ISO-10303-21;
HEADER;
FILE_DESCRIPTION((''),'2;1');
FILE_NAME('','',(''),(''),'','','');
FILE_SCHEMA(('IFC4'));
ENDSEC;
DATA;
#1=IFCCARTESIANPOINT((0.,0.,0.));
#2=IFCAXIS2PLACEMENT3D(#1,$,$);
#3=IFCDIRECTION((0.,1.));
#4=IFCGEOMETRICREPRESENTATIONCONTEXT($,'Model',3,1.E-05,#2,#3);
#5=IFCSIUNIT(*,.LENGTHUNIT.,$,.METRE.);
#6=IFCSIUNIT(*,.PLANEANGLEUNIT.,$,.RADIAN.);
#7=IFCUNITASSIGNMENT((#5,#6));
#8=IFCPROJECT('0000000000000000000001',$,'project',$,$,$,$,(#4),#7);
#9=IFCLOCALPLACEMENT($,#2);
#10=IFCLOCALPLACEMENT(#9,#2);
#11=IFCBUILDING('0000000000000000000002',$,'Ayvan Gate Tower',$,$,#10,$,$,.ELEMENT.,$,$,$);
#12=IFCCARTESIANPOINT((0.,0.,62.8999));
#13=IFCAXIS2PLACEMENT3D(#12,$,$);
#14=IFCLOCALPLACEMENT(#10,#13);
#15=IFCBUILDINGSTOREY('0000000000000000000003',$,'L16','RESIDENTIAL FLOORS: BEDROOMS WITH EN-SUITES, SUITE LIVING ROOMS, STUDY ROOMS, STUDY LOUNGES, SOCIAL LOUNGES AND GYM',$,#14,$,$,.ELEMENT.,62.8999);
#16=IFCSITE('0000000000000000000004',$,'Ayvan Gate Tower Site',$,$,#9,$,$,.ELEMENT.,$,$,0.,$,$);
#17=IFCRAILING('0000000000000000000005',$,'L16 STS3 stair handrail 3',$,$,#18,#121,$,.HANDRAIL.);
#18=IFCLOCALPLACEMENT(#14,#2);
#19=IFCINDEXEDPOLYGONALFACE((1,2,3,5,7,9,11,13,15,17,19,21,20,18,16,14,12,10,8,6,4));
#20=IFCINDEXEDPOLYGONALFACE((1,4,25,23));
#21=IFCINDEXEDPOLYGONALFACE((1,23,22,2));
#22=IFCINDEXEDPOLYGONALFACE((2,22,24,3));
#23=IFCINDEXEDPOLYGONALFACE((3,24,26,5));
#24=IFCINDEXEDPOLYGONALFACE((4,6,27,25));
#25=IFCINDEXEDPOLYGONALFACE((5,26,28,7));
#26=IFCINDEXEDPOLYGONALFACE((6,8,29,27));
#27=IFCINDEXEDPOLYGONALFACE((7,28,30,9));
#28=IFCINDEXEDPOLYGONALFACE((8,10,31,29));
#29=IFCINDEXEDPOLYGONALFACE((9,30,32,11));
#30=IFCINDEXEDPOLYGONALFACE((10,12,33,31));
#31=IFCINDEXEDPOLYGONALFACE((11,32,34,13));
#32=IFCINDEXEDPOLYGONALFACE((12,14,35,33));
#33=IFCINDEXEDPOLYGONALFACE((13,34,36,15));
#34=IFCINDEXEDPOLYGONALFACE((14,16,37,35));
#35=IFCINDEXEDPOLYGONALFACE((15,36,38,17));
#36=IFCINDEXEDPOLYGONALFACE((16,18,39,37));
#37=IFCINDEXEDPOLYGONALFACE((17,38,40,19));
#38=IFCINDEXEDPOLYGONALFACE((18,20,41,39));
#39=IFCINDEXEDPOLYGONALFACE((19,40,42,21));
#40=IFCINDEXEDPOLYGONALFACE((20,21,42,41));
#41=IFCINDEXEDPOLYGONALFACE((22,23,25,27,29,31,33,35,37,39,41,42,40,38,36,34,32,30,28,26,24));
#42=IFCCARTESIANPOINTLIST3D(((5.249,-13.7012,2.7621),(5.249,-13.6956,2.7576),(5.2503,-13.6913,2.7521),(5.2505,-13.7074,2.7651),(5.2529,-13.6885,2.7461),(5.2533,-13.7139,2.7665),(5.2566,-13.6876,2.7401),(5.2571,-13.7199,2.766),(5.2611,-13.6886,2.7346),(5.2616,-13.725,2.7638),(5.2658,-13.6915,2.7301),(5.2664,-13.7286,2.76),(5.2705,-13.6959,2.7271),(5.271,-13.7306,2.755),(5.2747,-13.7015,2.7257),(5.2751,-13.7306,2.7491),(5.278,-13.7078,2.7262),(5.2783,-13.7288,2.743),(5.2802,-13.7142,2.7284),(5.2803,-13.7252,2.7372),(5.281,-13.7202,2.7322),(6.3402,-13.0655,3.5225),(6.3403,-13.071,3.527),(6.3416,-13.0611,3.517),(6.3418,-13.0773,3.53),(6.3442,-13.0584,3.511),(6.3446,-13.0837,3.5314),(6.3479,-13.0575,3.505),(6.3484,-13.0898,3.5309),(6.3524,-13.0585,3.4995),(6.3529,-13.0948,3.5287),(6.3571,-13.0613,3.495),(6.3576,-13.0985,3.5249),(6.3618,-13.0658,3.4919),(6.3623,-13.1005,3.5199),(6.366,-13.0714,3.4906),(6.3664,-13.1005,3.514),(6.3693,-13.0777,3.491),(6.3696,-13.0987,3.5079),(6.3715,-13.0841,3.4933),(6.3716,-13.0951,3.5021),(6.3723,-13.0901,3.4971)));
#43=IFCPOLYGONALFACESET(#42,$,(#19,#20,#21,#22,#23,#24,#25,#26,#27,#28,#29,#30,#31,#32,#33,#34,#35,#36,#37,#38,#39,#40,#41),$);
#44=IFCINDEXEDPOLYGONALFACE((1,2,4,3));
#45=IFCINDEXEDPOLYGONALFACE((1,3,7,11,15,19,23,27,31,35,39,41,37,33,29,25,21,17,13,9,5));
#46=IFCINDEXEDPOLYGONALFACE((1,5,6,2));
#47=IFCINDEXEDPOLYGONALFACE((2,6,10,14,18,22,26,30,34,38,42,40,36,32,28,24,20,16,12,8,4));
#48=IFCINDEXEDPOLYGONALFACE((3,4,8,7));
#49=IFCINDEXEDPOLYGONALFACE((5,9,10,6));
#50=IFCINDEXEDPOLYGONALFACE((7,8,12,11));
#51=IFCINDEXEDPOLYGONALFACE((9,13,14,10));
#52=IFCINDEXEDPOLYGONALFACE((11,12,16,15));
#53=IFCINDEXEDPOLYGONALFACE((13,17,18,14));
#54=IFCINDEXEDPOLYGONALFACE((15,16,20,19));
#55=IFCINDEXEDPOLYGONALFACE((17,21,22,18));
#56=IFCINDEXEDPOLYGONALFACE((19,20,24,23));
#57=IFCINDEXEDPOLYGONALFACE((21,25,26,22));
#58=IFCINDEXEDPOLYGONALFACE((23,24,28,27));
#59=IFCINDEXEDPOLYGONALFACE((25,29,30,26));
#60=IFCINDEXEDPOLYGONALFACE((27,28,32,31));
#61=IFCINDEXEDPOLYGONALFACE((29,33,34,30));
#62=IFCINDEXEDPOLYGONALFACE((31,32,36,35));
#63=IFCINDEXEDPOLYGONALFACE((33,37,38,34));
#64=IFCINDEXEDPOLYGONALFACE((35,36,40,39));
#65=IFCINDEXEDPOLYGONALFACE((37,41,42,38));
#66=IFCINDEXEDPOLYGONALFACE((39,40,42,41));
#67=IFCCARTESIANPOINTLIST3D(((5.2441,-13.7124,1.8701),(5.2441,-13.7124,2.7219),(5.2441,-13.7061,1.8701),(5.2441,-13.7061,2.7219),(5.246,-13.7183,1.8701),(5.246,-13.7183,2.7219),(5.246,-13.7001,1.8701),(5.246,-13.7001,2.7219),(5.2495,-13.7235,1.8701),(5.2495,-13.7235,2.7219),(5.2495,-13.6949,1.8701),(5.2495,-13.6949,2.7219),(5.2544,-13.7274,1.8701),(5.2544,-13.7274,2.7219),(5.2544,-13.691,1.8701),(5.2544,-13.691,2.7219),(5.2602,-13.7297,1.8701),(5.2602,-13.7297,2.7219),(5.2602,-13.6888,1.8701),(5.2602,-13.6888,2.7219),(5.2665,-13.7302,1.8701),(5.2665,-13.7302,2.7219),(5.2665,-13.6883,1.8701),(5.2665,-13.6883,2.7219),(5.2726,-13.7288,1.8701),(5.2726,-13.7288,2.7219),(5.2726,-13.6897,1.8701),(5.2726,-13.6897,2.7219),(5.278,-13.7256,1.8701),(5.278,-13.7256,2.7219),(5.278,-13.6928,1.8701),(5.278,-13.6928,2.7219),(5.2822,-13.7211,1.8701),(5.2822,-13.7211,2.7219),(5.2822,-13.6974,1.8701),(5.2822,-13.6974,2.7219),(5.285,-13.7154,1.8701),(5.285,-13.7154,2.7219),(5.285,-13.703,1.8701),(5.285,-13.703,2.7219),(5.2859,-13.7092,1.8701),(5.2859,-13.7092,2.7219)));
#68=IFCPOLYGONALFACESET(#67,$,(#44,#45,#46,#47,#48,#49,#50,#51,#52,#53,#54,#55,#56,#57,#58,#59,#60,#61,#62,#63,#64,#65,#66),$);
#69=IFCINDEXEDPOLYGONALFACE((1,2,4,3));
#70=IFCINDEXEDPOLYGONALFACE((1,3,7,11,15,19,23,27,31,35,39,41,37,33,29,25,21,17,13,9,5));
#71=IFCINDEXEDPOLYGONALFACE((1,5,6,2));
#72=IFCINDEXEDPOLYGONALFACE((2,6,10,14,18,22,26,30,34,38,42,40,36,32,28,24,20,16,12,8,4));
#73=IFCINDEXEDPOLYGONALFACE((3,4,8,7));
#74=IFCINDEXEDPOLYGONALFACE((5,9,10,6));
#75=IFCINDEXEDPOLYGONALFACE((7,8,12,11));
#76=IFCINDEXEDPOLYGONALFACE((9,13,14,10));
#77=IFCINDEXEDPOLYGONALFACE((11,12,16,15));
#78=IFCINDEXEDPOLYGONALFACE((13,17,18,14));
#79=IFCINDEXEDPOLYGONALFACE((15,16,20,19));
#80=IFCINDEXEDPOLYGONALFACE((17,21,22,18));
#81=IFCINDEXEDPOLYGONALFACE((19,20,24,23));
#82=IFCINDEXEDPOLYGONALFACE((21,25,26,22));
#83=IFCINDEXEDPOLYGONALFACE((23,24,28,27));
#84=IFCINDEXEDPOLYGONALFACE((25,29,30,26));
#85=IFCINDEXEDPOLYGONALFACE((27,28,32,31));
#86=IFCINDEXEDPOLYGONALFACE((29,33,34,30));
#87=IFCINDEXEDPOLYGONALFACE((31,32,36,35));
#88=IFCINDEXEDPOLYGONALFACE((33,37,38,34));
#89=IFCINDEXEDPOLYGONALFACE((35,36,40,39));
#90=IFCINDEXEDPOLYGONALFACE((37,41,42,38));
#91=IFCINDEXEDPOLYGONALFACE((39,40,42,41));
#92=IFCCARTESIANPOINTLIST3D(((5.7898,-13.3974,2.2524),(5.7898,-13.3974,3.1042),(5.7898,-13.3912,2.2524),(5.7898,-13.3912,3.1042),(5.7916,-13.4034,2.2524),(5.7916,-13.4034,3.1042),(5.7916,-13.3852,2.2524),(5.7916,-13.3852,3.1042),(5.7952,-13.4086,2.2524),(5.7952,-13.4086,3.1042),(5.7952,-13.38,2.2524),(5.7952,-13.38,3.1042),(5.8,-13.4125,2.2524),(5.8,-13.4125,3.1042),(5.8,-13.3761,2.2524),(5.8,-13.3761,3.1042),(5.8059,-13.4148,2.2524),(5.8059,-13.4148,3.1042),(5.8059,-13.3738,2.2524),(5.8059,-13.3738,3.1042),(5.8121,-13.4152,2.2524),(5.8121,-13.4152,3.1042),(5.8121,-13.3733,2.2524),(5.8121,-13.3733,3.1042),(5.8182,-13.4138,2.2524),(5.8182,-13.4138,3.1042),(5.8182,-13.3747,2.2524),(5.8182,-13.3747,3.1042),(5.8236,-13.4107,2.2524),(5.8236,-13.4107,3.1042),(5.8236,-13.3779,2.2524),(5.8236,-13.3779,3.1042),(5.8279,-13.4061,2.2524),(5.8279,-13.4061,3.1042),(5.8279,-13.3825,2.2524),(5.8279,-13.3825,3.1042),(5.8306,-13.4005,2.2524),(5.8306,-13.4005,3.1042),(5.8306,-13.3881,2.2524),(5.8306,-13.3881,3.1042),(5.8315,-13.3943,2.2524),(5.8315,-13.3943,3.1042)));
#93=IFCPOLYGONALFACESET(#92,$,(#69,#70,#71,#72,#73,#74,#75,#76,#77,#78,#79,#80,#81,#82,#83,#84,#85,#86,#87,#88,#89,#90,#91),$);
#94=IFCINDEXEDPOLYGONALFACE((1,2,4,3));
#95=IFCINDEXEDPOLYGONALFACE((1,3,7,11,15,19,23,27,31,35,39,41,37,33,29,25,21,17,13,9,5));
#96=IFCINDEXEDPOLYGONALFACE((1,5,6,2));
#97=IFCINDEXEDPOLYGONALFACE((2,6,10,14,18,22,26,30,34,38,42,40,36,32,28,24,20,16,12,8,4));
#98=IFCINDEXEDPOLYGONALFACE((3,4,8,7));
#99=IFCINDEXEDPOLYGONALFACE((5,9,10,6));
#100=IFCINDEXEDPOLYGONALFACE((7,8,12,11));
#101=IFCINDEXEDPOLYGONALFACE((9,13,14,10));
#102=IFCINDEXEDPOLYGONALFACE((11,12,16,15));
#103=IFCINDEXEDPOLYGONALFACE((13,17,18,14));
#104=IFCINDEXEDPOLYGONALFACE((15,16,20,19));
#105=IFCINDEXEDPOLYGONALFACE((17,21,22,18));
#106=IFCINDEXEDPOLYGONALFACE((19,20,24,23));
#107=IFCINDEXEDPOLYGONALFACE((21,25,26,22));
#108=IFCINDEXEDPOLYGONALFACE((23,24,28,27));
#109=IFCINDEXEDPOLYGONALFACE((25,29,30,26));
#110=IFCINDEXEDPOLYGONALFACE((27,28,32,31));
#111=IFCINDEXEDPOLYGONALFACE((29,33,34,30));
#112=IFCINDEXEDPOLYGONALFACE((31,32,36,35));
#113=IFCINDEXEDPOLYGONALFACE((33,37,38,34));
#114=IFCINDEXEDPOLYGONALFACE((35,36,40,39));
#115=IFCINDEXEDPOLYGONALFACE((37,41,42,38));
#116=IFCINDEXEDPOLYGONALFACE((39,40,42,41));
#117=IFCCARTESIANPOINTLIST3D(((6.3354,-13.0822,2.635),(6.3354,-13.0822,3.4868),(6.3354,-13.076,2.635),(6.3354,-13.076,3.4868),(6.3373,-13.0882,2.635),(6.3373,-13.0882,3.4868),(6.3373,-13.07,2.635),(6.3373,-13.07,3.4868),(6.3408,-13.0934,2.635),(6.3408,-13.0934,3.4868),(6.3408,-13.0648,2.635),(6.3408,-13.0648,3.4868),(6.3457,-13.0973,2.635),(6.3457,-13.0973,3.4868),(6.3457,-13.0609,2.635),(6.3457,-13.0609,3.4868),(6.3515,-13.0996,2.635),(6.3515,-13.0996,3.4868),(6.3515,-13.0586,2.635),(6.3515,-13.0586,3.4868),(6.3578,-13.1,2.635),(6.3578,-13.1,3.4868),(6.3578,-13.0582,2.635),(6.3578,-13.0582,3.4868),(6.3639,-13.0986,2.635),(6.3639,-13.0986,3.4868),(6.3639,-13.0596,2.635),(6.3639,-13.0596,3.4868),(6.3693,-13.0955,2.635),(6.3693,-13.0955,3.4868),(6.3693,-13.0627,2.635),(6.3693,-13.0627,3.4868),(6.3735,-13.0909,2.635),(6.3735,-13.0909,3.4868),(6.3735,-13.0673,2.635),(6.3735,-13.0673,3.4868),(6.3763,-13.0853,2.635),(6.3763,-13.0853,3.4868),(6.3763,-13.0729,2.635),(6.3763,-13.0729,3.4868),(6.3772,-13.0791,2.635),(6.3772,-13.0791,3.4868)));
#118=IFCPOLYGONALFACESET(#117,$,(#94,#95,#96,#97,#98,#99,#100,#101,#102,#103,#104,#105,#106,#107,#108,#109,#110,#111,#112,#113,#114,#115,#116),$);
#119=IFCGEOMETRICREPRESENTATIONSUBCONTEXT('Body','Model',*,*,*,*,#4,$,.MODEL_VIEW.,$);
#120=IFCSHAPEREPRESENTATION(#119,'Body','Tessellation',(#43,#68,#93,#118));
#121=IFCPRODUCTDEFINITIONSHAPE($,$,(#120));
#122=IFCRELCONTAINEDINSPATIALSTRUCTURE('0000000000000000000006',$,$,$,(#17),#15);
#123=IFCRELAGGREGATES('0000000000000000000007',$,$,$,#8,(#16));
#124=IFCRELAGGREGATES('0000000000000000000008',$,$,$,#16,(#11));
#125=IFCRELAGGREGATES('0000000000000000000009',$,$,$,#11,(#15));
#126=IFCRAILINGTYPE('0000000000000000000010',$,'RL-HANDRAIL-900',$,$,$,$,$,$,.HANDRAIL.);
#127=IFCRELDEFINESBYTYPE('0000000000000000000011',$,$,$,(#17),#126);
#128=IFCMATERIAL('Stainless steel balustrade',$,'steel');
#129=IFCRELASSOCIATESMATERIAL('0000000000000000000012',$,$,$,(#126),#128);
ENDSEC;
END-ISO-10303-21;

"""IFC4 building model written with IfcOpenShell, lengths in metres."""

from ifc_helpers import new_model, si_unit, direction, frame, origin, origin_2d, place, context, subcontext, project, spatial, circle, extrude, material, type_object, element, save


model = new_model("IFC4")

# Units and contexts
model_context = context("Model", 3, precision=1e-05, world=origin(), true_north=direction((0.0, 1.0)))
body_context = subcontext(model_context, "Body", "Model", "MODEL_VIEW")
ifc_project = project(units=[si_unit("LENGTHUNIT", "METRE"), si_unit("PLANEANGLEUNIT", "RADIAN")], contexts=[model_context])

# Site, building, storey
site_placement = place(None, origin())
site = spatial("IfcSite", under=ifc_project, at=site_placement, Name="Ayvan Gate Tower Site", CompositionType="ELEMENT", RefElevation=0.0)
building_placement = place(site_placement, origin())
building = spatial("IfcBuilding", under=site, at=building_placement, Name="Ayvan Gate Tower", CompositionType="ELEMENT")
storey_placement = place(building_placement, frame((0.0, 0.0, 62.8999)))
storey = spatial("IfcBuildingStorey", under=building, at=storey_placement, Name="L16", Description="RESIDENTIAL FLOORS: BEDROOMS WITH EN-SUITES, SUITE LIVING ROOMS, STUDY ROOMS, STUDY LOUNGES, SOCIAL LOUNGES AND GYM", CompositionType="ELEMENT", Elevation=62.8999)

# Railing
ifc_material_1 = material(Name="Stainless steel balustrade", Category="steel")
railing_type_1 = type_object("IfcRailingType", Name="RL-HANDRAIL-900", PredefinedType="HANDRAIL", material=ifc_material_1)
railing_1_placement = place(storey_placement, frame((5.2649, -13.7092, 1.8701)))
element("IfcRailing", 1, at=railing_1_placement, inside=storey, type_object=railing_type_1, Name="L16 STS3 stair handrail 3", PredefinedType="HANDRAIL", context=body_context, shape_type="SweptSolid", body=[
    extrude(circle(Radius=0.0239, at=origin_2d()), frame((0.0, 0.0, 0.876), z_axis=(0.740304, 0.427455, 0.518875), x_axis=(-0.500035, 0.866005, 0.0)), (0.0, 0.0, 1.0), 1.4741),
    extrude(circle(Radius=0.021, at=origin_2d()), origin(), (0.0, 0.0, 1.0), 0.8518),
    extrude(circle(Radius=0.021, at=origin_2d()), frame((0.5457, 0.3149, 0.3823)), (0.0, 0.0, 1.0), 0.8518),
    extrude(circle(Radius=0.021, at=origin_2d()), frame((1.0913, 0.6301, 0.7649)), (0.0, 0.0, 1.0), 0.8518),
])

save(model, "model.ifc")
